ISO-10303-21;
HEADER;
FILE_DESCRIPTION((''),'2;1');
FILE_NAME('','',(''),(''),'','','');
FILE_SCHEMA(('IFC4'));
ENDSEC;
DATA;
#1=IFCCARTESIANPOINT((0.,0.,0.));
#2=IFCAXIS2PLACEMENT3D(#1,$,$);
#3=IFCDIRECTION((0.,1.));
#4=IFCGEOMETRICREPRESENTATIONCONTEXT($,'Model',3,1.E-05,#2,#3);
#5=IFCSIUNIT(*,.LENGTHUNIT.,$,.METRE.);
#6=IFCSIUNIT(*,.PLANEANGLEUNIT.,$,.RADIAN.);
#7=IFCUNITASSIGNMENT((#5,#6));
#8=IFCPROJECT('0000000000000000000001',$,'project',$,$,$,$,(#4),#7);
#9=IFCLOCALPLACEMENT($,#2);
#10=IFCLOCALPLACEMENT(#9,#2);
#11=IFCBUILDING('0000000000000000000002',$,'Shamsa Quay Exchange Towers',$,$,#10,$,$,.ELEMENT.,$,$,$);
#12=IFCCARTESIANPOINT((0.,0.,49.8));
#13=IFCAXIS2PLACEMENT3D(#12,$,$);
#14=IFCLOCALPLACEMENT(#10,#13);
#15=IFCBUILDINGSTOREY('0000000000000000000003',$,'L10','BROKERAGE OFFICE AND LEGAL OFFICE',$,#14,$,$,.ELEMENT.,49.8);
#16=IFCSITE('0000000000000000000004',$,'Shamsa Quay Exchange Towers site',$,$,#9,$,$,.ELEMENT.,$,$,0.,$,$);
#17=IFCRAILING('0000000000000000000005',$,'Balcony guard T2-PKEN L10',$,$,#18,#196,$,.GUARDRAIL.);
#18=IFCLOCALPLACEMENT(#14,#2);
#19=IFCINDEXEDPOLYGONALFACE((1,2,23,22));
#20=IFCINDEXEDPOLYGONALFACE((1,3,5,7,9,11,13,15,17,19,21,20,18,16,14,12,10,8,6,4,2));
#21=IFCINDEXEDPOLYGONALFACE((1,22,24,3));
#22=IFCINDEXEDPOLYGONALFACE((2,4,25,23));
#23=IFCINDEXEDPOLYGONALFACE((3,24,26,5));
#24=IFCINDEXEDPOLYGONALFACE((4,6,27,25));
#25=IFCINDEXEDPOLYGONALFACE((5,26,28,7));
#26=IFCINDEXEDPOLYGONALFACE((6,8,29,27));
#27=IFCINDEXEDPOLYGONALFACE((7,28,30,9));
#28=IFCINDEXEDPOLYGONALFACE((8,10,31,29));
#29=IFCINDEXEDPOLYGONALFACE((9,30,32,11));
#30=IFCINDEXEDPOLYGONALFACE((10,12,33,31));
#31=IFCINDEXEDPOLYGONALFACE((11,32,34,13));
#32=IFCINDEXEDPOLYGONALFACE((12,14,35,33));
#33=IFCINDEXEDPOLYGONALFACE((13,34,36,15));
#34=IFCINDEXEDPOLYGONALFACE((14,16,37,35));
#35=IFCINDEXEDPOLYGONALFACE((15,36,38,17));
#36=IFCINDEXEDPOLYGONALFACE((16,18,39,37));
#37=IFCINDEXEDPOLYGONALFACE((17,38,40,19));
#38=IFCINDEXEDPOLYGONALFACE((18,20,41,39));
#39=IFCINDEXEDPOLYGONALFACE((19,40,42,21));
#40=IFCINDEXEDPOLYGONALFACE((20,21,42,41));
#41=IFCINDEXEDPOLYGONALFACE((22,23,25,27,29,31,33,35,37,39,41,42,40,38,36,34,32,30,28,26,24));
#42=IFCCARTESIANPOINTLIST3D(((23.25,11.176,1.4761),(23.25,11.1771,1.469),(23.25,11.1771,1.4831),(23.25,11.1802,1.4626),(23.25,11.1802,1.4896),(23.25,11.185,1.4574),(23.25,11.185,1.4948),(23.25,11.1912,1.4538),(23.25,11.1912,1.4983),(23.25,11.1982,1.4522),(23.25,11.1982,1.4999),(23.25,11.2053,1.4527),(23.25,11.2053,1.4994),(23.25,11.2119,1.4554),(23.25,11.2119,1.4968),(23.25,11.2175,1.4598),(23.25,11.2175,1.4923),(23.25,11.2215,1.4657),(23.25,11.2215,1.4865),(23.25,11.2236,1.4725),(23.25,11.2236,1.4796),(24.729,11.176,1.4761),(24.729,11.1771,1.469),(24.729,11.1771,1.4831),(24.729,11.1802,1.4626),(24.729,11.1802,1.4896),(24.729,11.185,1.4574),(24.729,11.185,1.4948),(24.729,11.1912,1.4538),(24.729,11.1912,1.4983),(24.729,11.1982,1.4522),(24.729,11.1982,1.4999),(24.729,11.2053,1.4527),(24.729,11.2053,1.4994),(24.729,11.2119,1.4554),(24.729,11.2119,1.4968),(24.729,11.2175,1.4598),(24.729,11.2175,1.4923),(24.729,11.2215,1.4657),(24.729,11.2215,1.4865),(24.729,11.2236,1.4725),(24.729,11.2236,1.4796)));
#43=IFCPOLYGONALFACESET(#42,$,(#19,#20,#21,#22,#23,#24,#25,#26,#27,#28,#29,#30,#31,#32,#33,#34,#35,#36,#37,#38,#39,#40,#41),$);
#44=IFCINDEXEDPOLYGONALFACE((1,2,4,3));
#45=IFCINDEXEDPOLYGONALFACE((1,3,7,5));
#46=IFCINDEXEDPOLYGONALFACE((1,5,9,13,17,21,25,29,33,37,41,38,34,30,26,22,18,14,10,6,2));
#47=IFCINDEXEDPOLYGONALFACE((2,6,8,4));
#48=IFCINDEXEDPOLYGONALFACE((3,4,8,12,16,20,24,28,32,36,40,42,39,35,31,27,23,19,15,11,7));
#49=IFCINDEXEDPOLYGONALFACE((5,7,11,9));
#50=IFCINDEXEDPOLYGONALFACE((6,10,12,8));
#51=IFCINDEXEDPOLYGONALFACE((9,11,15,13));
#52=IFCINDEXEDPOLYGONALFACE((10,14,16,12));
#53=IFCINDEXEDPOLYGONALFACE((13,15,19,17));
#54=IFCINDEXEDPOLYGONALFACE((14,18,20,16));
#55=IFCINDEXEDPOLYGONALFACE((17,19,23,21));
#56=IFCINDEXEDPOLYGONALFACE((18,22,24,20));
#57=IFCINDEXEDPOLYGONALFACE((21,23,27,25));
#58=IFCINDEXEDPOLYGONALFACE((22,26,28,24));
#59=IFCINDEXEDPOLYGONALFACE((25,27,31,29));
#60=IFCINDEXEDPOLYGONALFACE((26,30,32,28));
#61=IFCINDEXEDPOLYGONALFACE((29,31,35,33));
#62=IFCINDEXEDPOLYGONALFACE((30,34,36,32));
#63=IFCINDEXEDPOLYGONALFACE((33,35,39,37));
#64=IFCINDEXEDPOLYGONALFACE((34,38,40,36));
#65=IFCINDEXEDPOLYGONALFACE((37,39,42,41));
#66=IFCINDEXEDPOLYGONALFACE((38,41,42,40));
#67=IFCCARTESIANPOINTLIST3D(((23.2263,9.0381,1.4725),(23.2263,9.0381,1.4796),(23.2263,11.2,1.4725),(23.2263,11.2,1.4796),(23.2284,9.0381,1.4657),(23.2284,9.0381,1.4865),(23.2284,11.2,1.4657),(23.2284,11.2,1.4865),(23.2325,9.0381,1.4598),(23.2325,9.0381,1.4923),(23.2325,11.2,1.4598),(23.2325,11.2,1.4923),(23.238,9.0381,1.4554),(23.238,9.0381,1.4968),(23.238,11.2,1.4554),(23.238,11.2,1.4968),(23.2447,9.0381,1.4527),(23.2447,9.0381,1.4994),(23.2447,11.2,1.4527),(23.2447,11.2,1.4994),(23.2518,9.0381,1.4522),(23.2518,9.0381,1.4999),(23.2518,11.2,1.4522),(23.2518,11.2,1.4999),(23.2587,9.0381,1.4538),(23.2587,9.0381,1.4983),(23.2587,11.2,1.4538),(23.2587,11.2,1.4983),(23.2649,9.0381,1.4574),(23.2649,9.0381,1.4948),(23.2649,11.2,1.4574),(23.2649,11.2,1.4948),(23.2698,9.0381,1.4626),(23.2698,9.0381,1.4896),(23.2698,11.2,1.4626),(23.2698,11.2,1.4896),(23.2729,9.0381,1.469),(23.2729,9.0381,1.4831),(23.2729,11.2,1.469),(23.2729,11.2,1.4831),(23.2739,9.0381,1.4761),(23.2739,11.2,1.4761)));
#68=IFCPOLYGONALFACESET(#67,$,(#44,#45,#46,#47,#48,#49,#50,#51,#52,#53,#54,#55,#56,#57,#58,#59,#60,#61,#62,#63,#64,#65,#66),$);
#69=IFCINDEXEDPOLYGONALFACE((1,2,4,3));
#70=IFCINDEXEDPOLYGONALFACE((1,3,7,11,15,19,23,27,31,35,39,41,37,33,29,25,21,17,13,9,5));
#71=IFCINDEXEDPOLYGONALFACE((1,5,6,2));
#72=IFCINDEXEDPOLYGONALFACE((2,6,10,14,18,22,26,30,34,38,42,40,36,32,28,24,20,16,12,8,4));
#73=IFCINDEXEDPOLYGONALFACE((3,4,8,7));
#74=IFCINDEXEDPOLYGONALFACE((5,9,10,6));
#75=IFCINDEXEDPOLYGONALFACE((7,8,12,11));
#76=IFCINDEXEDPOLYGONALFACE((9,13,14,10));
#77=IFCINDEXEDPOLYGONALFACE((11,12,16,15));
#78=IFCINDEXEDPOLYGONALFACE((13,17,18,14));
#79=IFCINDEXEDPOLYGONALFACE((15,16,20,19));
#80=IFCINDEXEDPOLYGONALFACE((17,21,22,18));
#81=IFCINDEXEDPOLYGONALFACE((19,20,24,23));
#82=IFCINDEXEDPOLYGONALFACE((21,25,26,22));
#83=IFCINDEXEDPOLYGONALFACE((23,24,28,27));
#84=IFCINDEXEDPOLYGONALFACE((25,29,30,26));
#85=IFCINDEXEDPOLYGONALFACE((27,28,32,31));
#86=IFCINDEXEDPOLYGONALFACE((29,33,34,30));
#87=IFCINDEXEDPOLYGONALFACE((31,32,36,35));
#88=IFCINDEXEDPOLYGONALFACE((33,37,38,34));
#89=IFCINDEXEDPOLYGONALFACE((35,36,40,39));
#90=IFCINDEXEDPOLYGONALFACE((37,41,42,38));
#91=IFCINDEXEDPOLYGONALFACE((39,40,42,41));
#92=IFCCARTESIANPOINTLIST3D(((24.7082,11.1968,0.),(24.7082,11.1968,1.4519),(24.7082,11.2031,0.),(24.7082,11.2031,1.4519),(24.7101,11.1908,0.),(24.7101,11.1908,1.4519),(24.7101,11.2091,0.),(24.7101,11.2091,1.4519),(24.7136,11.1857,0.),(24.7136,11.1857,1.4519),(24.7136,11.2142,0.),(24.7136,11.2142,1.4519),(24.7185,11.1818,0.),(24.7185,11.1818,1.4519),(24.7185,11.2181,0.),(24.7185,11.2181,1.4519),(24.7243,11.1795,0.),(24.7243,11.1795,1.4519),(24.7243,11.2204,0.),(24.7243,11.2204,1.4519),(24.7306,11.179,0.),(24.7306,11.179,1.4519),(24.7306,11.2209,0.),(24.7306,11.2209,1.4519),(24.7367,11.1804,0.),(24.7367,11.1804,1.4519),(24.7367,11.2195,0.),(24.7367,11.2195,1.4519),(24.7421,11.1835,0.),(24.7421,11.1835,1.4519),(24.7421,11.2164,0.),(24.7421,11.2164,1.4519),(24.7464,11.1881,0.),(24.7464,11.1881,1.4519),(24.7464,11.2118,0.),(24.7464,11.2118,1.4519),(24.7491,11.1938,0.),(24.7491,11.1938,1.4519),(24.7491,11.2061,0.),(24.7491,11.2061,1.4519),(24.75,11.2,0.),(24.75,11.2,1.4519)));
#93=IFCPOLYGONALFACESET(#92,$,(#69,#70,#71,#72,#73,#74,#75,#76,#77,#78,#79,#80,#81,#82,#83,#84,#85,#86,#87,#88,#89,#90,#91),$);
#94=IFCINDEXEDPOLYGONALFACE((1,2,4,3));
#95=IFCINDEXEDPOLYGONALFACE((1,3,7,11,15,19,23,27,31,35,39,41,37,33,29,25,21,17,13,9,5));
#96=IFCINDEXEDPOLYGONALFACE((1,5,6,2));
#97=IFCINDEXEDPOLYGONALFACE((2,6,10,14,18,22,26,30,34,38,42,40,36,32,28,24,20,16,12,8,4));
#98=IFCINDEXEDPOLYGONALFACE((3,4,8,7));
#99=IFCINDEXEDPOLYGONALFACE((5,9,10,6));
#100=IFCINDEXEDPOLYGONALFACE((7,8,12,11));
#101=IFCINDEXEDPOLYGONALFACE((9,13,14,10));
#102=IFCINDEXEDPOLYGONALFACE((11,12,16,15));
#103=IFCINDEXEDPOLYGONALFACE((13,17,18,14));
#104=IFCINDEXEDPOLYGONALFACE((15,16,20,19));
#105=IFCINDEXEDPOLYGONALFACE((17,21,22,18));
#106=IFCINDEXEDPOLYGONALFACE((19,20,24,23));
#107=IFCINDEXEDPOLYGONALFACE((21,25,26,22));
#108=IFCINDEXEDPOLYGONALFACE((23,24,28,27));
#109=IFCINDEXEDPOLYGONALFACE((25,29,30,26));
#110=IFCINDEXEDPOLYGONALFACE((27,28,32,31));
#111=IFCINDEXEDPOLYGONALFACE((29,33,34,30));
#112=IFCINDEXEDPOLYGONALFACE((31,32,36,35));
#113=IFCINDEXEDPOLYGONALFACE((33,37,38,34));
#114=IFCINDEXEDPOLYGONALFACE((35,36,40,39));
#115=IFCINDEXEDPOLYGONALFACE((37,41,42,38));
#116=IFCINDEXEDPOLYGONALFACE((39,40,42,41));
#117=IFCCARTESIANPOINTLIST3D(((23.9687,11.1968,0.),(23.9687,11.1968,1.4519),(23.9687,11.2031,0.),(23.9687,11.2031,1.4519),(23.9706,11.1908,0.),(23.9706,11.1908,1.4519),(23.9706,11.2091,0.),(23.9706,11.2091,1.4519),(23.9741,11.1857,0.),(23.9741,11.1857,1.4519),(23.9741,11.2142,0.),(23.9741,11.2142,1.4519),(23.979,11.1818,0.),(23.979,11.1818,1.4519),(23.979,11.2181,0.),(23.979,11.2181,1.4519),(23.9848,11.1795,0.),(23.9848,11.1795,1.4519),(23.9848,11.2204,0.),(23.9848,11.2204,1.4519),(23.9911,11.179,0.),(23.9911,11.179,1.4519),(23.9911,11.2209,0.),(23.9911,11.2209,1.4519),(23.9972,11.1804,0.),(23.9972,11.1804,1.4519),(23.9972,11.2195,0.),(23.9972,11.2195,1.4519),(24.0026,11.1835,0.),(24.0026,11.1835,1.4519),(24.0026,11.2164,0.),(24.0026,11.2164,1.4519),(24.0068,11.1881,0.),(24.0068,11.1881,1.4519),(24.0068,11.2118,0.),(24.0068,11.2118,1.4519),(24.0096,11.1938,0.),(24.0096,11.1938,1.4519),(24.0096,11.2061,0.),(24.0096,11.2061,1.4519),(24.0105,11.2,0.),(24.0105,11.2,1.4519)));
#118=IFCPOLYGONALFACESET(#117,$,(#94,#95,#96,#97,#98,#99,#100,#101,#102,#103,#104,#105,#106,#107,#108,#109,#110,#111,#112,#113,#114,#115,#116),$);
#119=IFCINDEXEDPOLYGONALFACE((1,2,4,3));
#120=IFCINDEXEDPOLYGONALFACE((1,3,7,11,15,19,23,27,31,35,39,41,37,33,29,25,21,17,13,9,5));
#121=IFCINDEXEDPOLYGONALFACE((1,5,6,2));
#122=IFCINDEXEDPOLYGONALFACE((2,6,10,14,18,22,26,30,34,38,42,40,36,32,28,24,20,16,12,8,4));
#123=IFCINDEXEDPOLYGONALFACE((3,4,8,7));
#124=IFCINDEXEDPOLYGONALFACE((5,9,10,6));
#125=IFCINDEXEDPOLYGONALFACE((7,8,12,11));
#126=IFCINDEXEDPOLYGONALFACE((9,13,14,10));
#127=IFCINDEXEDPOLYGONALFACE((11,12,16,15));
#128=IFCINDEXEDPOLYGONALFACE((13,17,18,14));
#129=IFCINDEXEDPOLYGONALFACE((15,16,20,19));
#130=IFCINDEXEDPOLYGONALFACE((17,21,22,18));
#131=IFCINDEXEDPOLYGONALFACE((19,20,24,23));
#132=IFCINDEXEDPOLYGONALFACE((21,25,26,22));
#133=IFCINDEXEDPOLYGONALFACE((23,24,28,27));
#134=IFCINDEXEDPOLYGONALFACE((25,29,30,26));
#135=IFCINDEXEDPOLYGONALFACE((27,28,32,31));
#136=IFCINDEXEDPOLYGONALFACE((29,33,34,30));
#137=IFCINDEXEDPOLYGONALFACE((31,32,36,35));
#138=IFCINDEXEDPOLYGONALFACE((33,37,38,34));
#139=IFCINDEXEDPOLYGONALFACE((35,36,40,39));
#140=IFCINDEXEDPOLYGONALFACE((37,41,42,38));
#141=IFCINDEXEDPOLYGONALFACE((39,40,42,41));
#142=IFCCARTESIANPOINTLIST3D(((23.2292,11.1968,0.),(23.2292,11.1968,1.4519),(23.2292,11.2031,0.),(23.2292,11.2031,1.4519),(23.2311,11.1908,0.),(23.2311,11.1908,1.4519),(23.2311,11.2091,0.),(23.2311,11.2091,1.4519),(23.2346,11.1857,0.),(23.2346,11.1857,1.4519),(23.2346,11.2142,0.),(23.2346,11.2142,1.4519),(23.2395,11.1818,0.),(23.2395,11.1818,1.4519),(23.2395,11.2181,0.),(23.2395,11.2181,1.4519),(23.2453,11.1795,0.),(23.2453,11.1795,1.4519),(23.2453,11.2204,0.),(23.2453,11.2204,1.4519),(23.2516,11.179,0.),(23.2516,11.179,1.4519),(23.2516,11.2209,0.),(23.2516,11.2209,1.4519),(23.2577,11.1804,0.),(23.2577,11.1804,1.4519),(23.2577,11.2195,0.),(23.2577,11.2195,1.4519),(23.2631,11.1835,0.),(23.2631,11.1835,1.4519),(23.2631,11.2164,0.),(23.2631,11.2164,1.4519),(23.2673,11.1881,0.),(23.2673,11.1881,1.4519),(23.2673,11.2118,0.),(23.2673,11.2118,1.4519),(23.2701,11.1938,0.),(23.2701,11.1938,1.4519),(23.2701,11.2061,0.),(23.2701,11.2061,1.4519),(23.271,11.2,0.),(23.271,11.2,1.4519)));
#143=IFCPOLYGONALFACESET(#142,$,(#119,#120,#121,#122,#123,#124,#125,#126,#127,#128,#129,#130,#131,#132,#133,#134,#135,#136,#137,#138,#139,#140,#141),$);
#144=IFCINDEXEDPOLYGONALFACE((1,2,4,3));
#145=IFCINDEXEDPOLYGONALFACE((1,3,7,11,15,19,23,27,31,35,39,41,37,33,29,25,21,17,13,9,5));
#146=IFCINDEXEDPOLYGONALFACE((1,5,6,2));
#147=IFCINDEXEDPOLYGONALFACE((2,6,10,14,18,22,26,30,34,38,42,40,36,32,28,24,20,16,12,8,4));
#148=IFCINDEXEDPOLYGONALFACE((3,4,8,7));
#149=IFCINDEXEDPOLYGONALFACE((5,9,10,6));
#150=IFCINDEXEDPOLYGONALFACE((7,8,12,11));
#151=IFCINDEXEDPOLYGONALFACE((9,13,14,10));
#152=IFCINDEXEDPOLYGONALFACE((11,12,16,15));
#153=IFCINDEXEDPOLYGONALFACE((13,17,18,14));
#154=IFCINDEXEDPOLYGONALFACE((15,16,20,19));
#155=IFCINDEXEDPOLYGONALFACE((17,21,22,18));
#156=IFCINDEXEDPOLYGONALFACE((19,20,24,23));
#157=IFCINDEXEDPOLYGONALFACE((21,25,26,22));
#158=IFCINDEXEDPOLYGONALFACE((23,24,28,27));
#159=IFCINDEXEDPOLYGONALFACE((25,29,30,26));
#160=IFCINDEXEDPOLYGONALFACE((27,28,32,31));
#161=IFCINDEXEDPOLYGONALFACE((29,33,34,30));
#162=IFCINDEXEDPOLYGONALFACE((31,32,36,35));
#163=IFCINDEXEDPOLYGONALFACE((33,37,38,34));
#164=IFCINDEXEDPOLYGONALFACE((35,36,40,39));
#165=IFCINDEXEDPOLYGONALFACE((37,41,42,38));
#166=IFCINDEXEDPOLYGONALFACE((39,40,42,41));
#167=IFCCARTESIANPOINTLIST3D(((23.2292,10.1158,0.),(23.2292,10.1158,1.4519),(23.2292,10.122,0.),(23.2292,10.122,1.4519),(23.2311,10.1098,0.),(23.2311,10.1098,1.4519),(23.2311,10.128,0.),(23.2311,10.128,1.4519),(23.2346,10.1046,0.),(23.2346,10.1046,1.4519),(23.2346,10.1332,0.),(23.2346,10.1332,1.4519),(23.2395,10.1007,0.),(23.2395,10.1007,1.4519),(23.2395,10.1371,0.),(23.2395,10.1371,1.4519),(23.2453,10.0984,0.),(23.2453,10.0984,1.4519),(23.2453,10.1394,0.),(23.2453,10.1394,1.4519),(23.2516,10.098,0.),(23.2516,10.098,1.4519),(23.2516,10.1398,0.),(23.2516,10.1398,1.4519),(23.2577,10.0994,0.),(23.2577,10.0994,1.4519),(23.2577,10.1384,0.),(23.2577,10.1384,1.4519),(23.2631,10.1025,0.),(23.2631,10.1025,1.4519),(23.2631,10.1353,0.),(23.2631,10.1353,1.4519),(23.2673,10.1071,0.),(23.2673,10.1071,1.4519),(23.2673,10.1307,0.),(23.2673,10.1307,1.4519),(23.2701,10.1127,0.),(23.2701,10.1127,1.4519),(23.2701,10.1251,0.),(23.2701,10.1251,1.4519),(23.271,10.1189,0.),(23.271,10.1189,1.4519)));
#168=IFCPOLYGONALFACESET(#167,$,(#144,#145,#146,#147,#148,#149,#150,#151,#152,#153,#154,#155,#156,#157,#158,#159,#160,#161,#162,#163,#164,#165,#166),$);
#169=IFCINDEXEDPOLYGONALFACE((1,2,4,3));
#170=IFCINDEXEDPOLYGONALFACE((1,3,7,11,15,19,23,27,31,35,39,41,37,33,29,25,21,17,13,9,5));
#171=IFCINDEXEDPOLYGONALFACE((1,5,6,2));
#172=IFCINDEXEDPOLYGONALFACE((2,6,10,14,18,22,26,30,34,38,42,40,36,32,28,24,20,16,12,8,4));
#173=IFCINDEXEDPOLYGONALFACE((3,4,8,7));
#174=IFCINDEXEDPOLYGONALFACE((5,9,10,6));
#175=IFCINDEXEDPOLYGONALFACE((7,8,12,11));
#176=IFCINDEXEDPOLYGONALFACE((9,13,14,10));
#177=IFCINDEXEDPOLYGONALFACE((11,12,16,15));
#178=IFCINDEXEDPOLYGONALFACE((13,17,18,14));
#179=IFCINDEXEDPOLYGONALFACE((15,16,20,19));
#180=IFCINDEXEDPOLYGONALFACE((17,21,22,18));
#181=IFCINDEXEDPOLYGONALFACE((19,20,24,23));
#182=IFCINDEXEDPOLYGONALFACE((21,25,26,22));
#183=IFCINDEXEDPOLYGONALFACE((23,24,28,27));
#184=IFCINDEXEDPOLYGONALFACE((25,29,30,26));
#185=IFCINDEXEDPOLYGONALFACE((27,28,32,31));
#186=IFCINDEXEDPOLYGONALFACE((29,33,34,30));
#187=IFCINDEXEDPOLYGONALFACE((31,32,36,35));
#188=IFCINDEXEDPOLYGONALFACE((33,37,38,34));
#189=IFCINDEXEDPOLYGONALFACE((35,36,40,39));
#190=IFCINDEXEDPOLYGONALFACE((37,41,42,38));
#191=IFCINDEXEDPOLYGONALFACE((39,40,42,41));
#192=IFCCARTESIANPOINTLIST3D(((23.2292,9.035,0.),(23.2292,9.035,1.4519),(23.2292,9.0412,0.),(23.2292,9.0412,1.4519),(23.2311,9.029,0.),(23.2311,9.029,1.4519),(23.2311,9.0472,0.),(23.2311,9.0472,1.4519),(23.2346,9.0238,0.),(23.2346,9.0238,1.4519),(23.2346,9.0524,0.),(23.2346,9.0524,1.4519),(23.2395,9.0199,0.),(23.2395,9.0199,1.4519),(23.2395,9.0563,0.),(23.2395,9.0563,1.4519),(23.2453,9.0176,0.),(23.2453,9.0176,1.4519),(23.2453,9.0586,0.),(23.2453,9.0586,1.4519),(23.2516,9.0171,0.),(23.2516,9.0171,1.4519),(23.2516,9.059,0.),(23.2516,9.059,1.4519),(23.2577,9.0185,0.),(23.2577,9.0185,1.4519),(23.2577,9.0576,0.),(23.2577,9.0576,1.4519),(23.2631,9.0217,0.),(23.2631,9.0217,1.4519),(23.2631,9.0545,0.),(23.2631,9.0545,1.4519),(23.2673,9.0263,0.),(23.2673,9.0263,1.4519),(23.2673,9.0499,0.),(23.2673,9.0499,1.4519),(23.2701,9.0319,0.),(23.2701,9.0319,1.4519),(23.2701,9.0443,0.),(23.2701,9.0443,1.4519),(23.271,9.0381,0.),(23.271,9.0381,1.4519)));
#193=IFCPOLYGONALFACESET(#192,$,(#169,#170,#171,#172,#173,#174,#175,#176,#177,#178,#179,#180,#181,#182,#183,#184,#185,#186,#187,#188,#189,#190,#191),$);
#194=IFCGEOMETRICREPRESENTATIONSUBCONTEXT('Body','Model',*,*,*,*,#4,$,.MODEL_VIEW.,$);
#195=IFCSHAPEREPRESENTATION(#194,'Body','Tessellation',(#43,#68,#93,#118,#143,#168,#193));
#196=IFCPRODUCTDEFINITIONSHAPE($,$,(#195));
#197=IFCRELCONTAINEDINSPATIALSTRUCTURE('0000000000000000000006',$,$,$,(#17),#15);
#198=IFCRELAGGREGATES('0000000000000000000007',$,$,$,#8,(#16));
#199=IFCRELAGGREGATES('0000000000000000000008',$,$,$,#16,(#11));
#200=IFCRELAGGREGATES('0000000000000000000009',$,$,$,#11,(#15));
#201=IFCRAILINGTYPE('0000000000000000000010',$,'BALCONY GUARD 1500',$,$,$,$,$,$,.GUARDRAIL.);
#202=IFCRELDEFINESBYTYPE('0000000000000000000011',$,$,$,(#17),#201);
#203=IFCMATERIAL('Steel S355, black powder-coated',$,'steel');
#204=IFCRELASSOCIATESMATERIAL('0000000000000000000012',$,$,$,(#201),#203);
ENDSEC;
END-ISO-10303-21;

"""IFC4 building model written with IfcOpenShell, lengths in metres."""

from ifc_helpers import new_model, si_unit, direction, frame, origin, origin_2d, place, context, subcontext, project, spatial, circle, extrude, material, type_object, element, save


model = new_model("IFC4")

# Units and contexts
model_context = context("Model", 3, precision=1e-05, world=origin(), true_north=direction((0.0, 1.0)))
body_context = subcontext(model_context, "Body", "Model", "MODEL_VIEW")
ifc_project = project(units=[si_unit("LENGTHUNIT", "METRE"), si_unit("PLANEANGLEUNIT", "RADIAN")], contexts=[model_context])

# Site, building, storey
site_placement = place(None, origin())
site = spatial("IfcSite", under=ifc_project, at=site_placement, Name="Shamsa Quay Exchange Towers site", CompositionType="ELEMENT", RefElevation=0.0)
building_placement = place(site_placement, origin())
building = spatial("IfcBuilding", under=site, at=building_placement, Name="Shamsa Quay Exchange Towers", CompositionType="ELEMENT")
storey_placement = place(building_placement, frame((0.0, 0.0, 49.8)))
storey = spatial("IfcBuildingStorey", under=building, at=storey_placement, Name="L10", Description="BROKERAGE OFFICE AND LEGAL OFFICE", CompositionType="ELEMENT", Elevation=49.8)

# Railing
ifc_material_1 = material(Name="Steel S355, black powder-coated", Category="steel")
railing_type = type_object("IfcRailingType", Name="BALCONY GUARD 1500", PredefinedType="GUARDRAIL", material=ifc_material_1)
for number, where, name in (
    (1, (24.729, 11.2, 0.0), "Balcony guard T2-PKEN L10"),
):
    element("IfcRailing", number, at=place(storey_placement, frame(where)), inside=storey, type_object=railing_type, Name=name, PredefinedType="GUARDRAIL", context=body_context, shape_type="SweptSolid", body=[
        extrude(circle(Radius=0.0239, at=origin_2d()), frame((0.0, 0.0, 1.4761), z_axis=(-1.0, 0.0, 0.0), x_axis=(0.0, -1.0, 0.0)), (0.0, 0.0, 1.0), 1.479),
        extrude(circle(Radius=0.0239, at=origin_2d()), frame((-1.479, 0.0, 1.4761), z_axis=(0.0, -1.0, 0.0), x_axis=(1.0, 0.0, 0.0)), (0.0, 0.0, 1.0), 2.1619),
        extrude(circle(Radius=0.021, at=origin_2d()), origin(), (0.0, 0.0, 1.0), 1.4519),
        extrude(circle(Radius=0.021, at=origin_2d()), frame((-0.7395, 0.0, 0.0)), (0.0, 0.0, 1.0), 1.4519),
        extrude(circle(Radius=0.021, at=origin_2d()), frame((-1.479, 0.0, 0.0)), (0.0, 0.0, 1.0), 1.4519),
        extrude(circle(Radius=0.021, at=origin_2d()), frame((-1.479, -1.0811, 0.0)), (0.0, 0.0, 1.0), 1.4519),
        extrude(circle(Radius=0.021, at=origin_2d()), frame((-1.479, -2.1619, 0.0)), (0.0, 0.0, 1.0), 1.4519),
    ])

save(model, "model.ifc")
